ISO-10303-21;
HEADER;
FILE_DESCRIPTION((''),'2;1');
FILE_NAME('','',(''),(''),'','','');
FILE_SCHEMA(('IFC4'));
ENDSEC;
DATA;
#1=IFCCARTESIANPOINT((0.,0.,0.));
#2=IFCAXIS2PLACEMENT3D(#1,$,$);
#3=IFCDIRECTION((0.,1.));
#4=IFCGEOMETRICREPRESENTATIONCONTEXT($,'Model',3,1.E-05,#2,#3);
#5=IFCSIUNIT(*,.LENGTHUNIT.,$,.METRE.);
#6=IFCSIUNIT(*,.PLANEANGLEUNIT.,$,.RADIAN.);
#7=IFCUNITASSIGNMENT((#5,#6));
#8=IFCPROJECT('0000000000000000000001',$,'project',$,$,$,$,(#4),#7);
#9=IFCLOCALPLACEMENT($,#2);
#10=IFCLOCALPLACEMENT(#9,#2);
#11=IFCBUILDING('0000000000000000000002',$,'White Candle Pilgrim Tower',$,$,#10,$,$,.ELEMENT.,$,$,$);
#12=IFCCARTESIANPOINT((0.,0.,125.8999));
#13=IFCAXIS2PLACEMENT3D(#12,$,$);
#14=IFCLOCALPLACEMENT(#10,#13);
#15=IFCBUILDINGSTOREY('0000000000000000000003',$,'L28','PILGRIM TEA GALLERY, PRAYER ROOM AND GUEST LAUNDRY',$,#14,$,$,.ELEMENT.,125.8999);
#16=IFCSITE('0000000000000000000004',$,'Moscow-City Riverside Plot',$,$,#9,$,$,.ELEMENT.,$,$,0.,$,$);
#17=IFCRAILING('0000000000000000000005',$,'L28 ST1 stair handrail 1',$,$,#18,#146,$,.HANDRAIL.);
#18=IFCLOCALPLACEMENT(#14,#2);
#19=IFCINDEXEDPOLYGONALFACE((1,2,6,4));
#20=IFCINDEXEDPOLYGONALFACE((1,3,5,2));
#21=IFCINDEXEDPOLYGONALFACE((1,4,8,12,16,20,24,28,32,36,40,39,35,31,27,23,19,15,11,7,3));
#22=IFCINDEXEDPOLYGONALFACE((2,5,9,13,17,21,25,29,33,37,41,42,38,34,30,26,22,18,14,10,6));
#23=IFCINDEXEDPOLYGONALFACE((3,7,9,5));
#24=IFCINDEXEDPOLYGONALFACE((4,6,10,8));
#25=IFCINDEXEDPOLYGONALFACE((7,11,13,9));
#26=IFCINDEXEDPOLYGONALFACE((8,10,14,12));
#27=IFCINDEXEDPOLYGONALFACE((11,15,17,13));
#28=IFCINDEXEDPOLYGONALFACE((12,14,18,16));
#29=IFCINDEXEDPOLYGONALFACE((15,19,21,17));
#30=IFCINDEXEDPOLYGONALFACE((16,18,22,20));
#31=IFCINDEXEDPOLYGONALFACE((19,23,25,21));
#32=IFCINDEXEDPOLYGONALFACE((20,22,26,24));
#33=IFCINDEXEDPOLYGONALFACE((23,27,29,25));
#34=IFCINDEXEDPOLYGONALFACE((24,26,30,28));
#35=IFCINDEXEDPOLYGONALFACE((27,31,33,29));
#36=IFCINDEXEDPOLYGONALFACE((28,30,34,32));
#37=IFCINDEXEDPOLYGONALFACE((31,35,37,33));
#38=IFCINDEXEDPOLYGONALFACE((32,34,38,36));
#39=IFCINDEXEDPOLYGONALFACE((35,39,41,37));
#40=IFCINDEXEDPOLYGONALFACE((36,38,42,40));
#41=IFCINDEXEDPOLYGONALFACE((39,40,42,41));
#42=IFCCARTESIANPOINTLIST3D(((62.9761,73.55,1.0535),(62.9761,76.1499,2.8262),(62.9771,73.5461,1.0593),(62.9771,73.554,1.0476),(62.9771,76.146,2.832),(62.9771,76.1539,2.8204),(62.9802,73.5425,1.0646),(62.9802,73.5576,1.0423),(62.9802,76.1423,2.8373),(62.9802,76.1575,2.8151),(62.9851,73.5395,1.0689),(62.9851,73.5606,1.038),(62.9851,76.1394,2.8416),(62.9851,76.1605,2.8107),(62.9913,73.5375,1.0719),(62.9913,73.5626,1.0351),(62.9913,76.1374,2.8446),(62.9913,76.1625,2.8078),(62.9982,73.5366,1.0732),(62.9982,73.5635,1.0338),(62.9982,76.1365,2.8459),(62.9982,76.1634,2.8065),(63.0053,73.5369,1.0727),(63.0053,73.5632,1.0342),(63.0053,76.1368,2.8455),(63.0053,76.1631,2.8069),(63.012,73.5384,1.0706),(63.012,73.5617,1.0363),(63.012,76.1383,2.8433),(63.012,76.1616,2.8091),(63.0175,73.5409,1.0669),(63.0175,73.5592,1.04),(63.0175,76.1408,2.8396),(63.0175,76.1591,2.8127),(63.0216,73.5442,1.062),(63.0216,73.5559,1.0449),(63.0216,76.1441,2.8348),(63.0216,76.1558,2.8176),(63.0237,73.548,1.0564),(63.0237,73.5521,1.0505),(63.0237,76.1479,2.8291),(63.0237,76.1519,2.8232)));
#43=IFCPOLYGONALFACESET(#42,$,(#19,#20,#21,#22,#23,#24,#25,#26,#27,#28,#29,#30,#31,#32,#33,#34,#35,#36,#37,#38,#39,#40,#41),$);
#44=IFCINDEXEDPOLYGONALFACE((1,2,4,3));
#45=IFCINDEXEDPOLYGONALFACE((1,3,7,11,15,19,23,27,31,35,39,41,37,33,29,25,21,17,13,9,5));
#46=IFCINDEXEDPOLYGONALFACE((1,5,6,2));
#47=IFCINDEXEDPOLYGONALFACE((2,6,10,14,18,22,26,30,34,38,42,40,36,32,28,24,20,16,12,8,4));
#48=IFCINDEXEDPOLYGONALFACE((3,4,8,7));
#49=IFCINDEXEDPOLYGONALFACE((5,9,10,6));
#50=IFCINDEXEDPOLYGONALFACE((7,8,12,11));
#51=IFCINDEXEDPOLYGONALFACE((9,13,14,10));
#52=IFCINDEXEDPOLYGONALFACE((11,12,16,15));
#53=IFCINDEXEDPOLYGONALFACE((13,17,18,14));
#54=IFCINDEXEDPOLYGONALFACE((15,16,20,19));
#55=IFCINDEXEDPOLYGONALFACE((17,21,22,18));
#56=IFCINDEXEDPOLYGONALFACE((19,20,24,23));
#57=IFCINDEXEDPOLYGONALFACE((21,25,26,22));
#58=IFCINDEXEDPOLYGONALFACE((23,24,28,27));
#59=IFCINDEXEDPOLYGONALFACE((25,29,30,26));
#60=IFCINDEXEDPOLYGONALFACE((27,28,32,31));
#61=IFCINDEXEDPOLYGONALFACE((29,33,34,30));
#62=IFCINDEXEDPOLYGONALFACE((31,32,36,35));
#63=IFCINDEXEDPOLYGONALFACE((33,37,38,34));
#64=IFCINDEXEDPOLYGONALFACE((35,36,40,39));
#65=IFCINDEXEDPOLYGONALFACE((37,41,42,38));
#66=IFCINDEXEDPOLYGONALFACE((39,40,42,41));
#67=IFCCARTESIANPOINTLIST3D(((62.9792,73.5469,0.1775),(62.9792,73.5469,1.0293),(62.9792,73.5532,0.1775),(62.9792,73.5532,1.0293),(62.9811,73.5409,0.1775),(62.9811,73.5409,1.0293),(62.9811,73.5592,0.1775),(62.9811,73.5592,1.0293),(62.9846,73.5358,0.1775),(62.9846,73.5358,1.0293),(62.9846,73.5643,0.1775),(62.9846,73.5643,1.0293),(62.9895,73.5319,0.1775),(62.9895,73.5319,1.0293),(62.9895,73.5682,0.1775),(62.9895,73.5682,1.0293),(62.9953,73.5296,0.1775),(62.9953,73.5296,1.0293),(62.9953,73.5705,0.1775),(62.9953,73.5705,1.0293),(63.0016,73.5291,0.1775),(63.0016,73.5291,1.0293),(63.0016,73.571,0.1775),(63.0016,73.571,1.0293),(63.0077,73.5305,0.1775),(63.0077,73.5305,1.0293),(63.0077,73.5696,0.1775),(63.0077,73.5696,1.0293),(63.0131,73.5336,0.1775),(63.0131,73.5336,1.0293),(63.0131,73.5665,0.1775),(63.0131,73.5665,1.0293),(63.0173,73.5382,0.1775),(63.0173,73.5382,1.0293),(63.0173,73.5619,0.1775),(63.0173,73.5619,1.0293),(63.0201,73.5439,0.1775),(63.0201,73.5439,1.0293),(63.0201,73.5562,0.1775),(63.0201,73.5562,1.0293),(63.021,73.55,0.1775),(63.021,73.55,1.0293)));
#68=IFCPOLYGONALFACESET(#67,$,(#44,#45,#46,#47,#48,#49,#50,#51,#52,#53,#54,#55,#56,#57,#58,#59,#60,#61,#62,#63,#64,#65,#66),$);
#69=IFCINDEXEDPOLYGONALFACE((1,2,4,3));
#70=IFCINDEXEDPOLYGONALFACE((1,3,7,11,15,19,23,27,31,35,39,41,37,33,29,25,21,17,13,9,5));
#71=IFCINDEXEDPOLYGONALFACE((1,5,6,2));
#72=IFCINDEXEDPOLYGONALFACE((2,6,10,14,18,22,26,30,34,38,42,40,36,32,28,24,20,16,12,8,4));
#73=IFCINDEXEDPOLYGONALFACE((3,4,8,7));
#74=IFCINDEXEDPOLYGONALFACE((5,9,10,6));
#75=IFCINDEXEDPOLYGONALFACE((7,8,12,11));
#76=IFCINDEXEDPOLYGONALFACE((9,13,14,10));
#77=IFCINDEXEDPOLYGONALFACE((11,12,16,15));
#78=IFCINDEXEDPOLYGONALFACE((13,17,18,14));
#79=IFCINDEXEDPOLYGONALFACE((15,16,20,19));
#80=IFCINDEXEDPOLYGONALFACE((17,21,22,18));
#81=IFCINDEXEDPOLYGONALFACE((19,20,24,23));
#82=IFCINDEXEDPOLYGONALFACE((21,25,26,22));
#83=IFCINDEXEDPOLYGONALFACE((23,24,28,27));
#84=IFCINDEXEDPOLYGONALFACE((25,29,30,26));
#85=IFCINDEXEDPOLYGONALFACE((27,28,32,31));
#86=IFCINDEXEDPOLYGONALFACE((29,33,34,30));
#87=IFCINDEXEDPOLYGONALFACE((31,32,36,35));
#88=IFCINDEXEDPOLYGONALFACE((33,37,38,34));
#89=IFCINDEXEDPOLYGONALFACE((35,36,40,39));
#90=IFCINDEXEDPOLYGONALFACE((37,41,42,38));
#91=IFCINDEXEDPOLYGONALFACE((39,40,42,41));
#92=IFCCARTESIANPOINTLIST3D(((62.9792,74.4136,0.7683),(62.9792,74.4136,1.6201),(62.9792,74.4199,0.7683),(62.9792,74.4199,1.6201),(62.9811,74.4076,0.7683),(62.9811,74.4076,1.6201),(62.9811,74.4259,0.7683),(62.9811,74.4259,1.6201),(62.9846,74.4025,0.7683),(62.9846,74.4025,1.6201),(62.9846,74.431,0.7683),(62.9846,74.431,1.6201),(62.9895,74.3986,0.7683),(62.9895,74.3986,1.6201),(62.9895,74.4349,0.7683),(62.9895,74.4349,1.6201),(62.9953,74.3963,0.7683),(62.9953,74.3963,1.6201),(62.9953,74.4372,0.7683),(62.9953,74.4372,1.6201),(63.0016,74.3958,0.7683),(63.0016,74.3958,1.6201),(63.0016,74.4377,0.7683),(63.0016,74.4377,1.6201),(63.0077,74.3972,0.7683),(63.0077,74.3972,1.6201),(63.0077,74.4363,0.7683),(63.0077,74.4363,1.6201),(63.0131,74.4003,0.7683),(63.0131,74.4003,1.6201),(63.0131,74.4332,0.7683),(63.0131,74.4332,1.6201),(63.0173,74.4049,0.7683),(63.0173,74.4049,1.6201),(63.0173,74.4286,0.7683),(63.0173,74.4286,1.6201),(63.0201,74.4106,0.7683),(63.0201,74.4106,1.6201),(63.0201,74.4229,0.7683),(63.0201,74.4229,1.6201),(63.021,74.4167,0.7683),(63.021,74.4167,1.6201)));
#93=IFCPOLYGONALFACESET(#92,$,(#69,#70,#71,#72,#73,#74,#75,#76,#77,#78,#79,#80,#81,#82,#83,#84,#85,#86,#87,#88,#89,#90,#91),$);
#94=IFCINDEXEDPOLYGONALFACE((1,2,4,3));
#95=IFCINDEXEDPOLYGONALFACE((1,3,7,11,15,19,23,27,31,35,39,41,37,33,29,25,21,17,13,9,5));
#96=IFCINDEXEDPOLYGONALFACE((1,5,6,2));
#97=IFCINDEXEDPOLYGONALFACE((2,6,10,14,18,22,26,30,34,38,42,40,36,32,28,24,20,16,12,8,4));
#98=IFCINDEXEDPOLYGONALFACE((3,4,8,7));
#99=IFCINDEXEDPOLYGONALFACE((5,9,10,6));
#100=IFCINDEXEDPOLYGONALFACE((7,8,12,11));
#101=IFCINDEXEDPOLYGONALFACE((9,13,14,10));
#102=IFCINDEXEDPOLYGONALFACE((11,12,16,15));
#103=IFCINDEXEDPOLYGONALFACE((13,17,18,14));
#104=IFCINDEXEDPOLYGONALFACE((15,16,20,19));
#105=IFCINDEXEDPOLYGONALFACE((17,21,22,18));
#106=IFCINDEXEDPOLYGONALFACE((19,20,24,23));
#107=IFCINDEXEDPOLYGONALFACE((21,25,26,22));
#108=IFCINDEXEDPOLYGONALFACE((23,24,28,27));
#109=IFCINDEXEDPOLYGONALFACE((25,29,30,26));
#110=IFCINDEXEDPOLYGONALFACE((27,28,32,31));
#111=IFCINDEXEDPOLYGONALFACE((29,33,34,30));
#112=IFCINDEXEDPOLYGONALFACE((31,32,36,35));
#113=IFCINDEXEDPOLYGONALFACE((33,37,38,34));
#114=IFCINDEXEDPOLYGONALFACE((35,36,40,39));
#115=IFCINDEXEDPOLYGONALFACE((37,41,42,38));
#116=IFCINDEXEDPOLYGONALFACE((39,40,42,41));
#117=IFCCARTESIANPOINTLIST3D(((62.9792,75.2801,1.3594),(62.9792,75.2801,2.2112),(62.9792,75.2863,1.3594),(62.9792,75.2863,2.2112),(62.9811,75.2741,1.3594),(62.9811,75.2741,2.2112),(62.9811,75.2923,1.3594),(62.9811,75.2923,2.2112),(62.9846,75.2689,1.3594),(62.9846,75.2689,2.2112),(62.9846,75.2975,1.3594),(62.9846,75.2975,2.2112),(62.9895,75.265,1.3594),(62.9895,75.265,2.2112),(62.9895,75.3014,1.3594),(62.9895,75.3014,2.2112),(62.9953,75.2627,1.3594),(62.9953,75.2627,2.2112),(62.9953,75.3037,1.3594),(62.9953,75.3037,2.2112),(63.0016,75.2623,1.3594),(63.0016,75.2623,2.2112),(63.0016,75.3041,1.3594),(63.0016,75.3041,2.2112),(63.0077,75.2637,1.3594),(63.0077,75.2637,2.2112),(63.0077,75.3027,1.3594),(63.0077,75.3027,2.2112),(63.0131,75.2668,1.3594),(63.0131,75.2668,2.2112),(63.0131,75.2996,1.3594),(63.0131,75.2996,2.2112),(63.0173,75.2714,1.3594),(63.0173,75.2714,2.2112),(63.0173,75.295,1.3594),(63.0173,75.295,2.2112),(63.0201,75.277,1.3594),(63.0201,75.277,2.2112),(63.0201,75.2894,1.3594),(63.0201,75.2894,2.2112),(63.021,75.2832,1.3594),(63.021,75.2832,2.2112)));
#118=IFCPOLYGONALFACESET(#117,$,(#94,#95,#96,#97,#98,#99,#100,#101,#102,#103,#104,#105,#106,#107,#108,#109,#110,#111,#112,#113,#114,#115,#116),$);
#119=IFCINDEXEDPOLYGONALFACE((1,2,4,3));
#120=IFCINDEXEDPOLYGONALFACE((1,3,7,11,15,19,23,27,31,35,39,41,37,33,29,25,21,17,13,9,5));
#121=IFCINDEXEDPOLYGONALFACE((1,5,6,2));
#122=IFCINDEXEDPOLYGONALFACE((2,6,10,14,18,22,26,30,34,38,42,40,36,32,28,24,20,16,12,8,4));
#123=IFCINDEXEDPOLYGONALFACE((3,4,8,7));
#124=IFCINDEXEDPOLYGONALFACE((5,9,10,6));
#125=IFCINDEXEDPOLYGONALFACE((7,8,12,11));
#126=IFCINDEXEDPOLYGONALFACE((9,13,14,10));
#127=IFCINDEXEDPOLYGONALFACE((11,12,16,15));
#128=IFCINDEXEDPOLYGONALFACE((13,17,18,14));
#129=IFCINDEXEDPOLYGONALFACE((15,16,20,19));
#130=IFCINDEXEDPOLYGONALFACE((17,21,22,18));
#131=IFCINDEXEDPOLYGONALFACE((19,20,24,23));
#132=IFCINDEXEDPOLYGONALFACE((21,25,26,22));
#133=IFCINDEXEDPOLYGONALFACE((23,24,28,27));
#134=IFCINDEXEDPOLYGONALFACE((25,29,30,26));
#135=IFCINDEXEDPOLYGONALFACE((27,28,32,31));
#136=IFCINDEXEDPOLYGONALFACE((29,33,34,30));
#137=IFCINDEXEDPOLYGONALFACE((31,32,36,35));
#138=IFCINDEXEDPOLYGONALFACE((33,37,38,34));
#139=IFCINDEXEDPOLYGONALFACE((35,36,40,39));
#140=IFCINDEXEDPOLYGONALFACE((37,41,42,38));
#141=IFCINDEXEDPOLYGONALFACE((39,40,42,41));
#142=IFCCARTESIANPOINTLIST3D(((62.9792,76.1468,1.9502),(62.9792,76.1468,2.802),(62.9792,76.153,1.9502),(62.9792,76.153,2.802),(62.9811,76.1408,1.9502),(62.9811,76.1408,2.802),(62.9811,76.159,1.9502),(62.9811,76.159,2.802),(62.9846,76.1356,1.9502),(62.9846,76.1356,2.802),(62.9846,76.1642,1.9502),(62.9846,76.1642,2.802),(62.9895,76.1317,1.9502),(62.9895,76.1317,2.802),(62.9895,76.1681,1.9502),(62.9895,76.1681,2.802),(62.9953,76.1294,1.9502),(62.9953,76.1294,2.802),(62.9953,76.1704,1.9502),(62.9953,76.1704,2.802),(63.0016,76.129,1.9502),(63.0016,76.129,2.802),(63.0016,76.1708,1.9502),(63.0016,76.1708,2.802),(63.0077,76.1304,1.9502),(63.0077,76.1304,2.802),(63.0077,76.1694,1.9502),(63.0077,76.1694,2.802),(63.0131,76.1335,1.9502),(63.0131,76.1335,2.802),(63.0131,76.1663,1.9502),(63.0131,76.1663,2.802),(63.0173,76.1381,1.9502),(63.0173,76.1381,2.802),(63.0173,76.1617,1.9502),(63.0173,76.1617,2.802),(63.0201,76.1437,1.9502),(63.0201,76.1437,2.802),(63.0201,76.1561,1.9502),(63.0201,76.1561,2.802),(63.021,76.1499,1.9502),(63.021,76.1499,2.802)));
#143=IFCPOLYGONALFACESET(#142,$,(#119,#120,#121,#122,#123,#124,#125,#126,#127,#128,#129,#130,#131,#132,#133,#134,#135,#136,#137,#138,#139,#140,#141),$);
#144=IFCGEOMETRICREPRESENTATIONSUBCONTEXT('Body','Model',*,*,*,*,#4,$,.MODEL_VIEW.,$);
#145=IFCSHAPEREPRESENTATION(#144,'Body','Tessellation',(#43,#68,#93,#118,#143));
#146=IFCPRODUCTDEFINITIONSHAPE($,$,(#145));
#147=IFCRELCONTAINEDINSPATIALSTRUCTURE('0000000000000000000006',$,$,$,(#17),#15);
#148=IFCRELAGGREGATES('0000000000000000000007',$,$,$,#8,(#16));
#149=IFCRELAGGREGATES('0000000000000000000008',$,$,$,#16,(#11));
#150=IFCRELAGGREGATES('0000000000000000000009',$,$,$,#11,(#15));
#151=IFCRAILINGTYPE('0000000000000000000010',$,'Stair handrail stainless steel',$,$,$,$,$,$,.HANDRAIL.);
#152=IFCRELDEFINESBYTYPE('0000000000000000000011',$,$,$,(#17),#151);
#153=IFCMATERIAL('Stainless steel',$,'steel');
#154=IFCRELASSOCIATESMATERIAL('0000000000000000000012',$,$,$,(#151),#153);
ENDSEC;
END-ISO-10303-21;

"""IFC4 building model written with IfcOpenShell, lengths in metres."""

from ifc_helpers import new_model, si_unit, direction, frame, origin, origin_2d, place, context, subcontext, project, spatial, circle, extrude, material, type_object, element, save


model = new_model("IFC4")

# Units and contexts
model_context = context("Model", 3, precision=1e-05, world=origin(), true_north=direction((0.0, 1.0)))
body_context = subcontext(model_context, "Body", "Model", "MODEL_VIEW")
ifc_project = project(units=[si_unit("LENGTHUNIT", "METRE"), si_unit("PLANEANGLEUNIT", "RADIAN")], contexts=[model_context])

# Site, building, storey
site_placement = place(None, origin())
site = spatial("IfcSite", under=ifc_project, at=site_placement, Name="Moscow-City Riverside Plot", CompositionType="ELEMENT", RefElevation=0.0)
building_placement = place(site_placement, origin())
building = spatial("IfcBuilding", under=site, at=building_placement, Name="White Candle Pilgrim Tower", CompositionType="ELEMENT")
storey_placement = place(building_placement, frame((0.0, 0.0, 125.8999)))
storey = spatial("IfcBuildingStorey", under=building, at=storey_placement, Name="L28", Description="PILGRIM TEA GALLERY, PRAYER ROOM AND GUEST LAUNDRY", CompositionType="ELEMENT", Elevation=125.8999)

# Railing
ifc_material_1 = material(Name="Stainless steel", Category="steel")
railing_type_1 = type_object("IfcRailingType", Name="Stair handrail stainless steel", PredefinedType="HANDRAIL", material=ifc_material_1)
railing_1_placement = place(storey_placement, frame((63.0, 73.55, 0.1775)))
element("IfcRailing", 1, at=railing_1_placement, inside=storey, type_object=railing_type_1, Name="L28 ST1 stair handrail 1", PredefinedType="HANDRAIL", context=body_context, shape_type="SweptSolid", body=[
    extrude(circle(Radius=0.0239, at=origin_2d()), frame((0.0, 0.0, 0.876), z_axis=(0.0, 0.826216, 0.563354), x_axis=(-1.0, 0.0, 0.0)), (0.0, 0.0, 1.0), 3.1467),
    extrude(circle(Radius=0.021, at=origin_2d()), origin(), (0.0, 0.0, 1.0), 0.8518),
    extrude(circle(Radius=0.021, at=origin_2d()), frame((0.0, 0.8667, 0.5908)), (0.0, 0.0, 1.0), 0.8518),
    extrude(circle(Radius=0.021, at=origin_2d()), frame((0.0, 1.7332, 1.1819)), (0.0, 0.0, 1.0), 0.8518),
    extrude(circle(Radius=0.021, at=origin_2d()), frame((0.0, 2.5999, 1.7727)), (0.0, 0.0, 1.0), 0.8518),
])

save(model, "model.ifc")
